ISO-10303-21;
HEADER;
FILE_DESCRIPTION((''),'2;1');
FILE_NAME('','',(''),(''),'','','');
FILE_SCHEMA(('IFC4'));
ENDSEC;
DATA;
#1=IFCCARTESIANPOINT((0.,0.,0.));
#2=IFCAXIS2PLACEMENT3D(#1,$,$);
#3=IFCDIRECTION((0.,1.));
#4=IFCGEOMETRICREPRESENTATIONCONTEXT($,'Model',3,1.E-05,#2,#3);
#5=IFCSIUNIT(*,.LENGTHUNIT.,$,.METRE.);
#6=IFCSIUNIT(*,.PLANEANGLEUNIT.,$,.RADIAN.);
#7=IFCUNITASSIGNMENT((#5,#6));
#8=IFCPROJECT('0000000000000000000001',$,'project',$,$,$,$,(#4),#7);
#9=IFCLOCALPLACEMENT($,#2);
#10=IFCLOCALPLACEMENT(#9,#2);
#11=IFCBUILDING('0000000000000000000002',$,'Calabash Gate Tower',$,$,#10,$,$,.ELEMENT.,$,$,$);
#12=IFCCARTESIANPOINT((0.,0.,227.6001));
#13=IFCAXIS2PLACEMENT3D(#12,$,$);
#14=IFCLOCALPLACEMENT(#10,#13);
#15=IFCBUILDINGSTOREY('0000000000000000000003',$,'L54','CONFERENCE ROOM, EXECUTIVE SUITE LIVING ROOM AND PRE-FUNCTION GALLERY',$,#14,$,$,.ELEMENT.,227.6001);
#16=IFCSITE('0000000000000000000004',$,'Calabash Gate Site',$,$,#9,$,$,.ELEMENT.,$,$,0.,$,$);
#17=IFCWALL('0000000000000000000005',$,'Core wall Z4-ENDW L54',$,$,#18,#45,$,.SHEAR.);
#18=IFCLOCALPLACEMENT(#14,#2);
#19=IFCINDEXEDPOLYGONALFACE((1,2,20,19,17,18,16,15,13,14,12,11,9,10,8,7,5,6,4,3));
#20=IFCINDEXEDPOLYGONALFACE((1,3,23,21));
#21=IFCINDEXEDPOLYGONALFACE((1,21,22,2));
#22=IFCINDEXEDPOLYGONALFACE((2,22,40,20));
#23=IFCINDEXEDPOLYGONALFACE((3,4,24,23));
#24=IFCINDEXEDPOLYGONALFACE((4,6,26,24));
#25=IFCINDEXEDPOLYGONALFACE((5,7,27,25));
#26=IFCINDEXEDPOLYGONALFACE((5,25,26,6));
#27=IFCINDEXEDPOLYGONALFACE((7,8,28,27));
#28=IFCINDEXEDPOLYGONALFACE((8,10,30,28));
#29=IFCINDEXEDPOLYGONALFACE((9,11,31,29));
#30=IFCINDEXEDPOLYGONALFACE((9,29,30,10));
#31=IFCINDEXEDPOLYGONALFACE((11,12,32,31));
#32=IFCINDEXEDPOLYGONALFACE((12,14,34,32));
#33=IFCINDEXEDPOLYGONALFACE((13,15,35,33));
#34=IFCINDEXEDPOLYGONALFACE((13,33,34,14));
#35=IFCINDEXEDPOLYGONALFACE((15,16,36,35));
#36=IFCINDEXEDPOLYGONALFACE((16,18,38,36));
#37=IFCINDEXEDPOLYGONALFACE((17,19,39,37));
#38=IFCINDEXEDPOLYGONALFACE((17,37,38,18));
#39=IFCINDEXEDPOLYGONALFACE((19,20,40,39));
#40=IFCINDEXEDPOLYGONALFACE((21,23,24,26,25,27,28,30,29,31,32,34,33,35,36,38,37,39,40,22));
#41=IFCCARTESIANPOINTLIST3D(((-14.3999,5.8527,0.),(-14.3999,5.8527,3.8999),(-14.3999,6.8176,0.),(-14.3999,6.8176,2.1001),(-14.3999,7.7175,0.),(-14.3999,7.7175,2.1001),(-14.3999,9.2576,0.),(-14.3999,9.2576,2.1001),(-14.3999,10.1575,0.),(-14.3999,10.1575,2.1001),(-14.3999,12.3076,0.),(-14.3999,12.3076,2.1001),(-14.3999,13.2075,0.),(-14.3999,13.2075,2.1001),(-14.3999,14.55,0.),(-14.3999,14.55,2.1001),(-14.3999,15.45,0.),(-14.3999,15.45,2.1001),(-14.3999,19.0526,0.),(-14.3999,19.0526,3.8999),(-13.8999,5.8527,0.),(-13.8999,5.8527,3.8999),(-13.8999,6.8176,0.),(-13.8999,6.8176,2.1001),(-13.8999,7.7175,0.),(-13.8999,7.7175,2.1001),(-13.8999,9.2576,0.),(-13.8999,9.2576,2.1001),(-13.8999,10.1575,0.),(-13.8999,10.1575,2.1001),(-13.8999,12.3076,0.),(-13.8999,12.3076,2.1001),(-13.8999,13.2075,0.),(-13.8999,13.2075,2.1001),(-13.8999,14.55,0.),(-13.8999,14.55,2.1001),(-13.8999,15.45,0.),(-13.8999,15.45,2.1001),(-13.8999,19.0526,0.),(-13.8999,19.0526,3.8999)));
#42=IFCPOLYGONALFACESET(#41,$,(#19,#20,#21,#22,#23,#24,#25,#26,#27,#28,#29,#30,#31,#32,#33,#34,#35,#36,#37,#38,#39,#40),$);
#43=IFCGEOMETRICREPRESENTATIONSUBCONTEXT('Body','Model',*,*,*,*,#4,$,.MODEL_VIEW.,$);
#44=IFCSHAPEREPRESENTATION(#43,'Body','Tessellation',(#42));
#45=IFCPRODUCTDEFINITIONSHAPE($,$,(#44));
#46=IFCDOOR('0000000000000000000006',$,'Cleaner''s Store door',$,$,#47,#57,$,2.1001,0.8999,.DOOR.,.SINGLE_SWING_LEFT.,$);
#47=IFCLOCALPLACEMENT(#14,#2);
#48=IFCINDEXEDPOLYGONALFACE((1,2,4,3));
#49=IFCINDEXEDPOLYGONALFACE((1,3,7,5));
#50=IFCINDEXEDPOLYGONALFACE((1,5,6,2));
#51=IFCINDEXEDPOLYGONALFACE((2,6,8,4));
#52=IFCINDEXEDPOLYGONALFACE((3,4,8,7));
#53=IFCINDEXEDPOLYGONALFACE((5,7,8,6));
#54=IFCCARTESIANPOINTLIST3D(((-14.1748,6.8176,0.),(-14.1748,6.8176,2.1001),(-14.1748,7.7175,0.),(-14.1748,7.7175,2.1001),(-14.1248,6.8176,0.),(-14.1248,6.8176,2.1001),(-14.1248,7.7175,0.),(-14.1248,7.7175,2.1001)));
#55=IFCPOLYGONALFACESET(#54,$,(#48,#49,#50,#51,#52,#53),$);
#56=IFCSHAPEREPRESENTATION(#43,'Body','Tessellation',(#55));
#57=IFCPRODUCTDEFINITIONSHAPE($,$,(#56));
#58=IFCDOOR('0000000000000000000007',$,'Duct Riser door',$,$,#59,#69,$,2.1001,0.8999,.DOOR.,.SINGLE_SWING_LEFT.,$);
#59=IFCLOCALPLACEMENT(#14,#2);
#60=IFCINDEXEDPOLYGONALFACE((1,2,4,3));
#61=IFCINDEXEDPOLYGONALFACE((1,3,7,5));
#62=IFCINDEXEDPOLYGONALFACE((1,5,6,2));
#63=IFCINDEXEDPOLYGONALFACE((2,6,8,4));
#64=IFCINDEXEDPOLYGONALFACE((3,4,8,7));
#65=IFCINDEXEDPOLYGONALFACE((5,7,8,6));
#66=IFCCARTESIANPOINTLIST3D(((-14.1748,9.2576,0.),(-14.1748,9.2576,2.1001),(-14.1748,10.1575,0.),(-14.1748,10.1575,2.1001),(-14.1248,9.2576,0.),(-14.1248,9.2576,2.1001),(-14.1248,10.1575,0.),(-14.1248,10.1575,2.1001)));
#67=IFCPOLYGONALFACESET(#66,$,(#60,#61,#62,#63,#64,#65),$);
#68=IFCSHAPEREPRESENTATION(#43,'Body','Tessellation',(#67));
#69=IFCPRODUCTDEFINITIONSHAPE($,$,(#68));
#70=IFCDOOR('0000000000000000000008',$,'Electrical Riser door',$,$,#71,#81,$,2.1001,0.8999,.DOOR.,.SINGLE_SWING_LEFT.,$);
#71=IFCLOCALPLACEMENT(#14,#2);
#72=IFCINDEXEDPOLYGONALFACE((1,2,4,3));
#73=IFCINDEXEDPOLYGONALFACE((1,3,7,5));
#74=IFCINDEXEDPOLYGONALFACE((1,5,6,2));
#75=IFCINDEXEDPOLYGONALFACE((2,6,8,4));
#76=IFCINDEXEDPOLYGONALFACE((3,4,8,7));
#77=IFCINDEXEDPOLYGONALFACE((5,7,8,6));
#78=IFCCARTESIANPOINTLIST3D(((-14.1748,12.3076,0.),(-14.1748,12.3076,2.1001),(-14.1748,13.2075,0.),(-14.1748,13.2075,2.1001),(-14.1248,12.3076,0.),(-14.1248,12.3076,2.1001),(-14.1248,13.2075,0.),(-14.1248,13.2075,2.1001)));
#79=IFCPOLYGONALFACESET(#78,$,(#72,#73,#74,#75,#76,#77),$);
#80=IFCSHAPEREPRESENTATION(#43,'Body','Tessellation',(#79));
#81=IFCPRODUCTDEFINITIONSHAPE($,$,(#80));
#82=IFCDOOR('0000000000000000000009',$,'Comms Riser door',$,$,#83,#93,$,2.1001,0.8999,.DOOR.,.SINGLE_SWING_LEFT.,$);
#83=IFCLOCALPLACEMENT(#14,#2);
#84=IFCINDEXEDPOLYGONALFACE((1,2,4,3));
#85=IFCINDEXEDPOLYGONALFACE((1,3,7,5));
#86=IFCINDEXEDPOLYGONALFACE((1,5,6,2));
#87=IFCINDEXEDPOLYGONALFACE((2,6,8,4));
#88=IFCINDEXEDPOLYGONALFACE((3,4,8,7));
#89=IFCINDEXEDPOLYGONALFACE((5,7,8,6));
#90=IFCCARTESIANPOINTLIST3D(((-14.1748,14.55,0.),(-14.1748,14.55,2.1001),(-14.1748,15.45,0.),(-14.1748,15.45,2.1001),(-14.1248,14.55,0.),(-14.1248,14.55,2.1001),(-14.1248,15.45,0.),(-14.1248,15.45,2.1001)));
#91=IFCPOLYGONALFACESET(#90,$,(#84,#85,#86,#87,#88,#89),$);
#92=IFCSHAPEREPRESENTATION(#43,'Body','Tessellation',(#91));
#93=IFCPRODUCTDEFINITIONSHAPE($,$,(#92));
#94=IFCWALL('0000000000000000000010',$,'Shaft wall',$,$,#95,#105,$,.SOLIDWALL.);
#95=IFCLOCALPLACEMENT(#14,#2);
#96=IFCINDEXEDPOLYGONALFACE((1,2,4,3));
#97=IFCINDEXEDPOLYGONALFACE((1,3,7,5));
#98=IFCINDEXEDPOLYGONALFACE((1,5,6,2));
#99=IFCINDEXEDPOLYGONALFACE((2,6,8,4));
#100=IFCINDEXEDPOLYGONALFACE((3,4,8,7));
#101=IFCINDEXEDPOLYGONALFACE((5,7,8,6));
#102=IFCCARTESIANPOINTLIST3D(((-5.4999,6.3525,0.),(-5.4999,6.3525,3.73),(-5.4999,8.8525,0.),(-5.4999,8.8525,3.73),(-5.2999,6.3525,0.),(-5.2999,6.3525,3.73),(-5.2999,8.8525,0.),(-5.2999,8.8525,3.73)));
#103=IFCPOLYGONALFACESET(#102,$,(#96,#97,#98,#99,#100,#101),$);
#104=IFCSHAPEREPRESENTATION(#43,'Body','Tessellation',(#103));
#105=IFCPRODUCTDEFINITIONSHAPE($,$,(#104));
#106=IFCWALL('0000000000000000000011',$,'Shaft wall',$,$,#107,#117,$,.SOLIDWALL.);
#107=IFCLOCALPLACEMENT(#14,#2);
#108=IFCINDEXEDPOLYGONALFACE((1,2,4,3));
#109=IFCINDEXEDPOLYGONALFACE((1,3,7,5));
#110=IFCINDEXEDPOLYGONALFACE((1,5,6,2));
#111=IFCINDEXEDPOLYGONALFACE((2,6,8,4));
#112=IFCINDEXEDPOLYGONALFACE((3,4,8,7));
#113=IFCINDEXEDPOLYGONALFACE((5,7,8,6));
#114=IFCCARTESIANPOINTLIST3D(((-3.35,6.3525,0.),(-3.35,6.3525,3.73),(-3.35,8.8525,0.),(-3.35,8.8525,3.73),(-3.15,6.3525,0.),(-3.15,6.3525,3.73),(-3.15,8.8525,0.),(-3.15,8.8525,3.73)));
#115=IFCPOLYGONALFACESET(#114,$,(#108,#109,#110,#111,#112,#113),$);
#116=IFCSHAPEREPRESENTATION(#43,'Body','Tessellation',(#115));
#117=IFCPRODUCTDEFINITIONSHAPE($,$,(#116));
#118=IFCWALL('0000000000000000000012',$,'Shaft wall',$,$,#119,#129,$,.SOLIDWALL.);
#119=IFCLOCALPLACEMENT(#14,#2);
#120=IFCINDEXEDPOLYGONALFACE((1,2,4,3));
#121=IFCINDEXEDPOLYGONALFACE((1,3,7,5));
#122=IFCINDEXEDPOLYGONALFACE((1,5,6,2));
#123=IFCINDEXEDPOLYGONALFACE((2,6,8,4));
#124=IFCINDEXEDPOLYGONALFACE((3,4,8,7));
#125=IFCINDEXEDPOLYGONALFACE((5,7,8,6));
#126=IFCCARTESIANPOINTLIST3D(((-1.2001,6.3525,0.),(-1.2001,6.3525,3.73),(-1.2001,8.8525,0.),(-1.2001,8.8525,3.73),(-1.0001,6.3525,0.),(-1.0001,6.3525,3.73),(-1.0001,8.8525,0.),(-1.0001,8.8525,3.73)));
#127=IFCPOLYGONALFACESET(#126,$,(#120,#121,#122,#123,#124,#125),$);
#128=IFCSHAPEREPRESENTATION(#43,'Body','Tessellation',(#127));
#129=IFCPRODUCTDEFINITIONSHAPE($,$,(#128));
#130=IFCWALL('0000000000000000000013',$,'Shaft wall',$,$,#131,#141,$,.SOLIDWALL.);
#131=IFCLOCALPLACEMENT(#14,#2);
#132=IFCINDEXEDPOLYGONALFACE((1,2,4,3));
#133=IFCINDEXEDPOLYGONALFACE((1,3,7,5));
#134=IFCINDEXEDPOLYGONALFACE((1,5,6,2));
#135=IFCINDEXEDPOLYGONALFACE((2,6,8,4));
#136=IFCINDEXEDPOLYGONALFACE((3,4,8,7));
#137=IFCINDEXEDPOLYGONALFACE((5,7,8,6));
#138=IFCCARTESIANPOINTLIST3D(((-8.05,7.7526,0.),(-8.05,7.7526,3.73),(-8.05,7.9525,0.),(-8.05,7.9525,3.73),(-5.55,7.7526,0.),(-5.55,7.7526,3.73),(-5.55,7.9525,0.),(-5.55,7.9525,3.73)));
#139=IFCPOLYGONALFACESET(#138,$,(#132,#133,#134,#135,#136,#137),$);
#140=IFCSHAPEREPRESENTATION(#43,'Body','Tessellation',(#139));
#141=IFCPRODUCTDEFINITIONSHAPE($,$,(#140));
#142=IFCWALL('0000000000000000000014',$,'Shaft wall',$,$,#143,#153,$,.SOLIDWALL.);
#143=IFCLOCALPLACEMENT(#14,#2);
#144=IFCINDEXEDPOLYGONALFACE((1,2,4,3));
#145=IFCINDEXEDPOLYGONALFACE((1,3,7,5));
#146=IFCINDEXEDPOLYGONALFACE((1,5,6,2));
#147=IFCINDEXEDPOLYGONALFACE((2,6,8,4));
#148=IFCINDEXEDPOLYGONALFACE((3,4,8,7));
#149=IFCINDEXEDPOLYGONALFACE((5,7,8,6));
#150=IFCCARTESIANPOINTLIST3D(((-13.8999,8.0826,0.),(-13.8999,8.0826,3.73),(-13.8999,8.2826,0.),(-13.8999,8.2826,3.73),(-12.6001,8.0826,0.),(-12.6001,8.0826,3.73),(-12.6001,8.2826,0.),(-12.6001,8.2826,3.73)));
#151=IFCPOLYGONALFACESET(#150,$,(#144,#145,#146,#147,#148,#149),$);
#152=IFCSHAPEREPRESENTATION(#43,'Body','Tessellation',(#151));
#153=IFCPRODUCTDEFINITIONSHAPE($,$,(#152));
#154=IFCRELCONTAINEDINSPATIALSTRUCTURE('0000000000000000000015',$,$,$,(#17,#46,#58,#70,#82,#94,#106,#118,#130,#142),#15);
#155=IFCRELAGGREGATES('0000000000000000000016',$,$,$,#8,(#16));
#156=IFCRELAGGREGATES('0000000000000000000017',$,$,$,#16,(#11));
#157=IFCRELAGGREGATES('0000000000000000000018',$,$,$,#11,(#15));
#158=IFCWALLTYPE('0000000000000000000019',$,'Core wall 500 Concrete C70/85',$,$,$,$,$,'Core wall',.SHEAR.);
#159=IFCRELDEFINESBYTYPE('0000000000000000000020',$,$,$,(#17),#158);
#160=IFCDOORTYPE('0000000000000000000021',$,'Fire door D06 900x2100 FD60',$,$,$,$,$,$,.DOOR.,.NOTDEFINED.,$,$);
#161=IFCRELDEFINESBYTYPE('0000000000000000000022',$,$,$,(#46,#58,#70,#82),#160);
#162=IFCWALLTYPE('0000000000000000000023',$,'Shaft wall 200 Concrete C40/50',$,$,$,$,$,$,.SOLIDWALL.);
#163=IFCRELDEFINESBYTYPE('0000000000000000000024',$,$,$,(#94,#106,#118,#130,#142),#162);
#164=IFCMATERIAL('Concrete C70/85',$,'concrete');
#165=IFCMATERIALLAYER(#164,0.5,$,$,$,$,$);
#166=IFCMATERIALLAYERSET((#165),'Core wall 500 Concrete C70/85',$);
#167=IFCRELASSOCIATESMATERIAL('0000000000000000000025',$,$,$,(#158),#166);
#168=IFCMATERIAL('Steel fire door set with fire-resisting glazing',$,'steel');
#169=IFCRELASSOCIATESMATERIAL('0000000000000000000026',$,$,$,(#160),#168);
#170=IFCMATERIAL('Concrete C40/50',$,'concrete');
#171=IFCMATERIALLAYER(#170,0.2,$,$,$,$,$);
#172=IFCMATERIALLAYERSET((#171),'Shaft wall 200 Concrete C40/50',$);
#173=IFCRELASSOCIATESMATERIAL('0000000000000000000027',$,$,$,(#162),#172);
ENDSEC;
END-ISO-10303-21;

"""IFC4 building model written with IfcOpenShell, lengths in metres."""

from ifc_helpers import new_model, si_unit, direction, frame, frame_2d, origin, place, context, subcontext, project, spatial, rectangle, extrude, material, layer, layer_set, type_object, element, fill, save


model = new_model("IFC4")

# Units and contexts
model_context = context("Model", 3, precision=1e-05, world=origin(), true_north=direction((0.0, 1.0)))
body_context = subcontext(model_context, "Body", "Model", "MODEL_VIEW")
ifc_project = project(units=[si_unit("LENGTHUNIT", "METRE"), si_unit("PLANEANGLEUNIT", "RADIAN")], contexts=[model_context])

# Site, building, storey
site_placement = place(None, origin())
site = spatial("IfcSite", under=ifc_project, at=site_placement, Name="Calabash Gate Site", CompositionType="ELEMENT", RefElevation=0.0)
building_placement = place(site_placement, origin())
building = spatial("IfcBuilding", under=site, at=building_placement, Name="Calabash Gate Tower", CompositionType="ELEMENT")
storey_placement = place(building_placement, frame((0.0, 0.0, 227.6001)))
storey = spatial("IfcBuildingStorey", under=building, at=storey_placement, Name="L54", Description="CONFERENCE ROOM, EXECUTIVE SUITE LIVING ROOM AND PRE-FUNCTION GALLERY", CompositionType="ELEMENT", Elevation=227.6001)

# Shared definitions
ifc_material_1 = material(Name="Concrete C70/85", Category="concrete")
ifc_layer_1 = layer(ifc_material_1, 0.5)
ifc_layer_set_1 = layer_set([ifc_layer_1], Name="Core wall 500 Concrete C70/85")
wall_type_1 = type_object("IfcWallType", Name="Core wall 500 Concrete C70/85", ElementType="Core wall", PredefinedType="SHEAR", material=ifc_layer_set_1)

# Wall, openings, doors
wall_1_placement = place(storey_placement, frame((-14.1499, 5.8525, 0.0), z_axis=(0.0, 0.0, 1.0), x_axis=(0.0, 1.0, 0.0)))
wall_1 = element("IfcWall", 1, at=wall_1_placement, inside=storey, type_object=wall_type_1, Name="Core wall Z4-ENDW L54", PredefinedType="SHEAR", context=body_context, shape_type="SweptSolid", body=[
    extrude(rectangle(XDim=13.2, YDim=0.5, at=frame_2d((6.6001, 0.0))), origin(), (0.0, 0.0, 1.0), 3.8999),
])
opening_1_placement = place(wall_1_placement, frame((0.9651, 0.0, 0.0)))
opening_1 = element("IfcOpeningElement", 2, at=opening_1_placement, cuts=wall_1, PredefinedType="OPENING", context=body_context, shape_type="SweptSolid", body=[
    extrude(rectangle(XDim=0.8999, YDim=2.1001, at=frame_2d((0.45, 1.05))), frame((0.0, 0.26, 0.0), z_axis=(0.0, -1.0, 0.0), x_axis=(1.0, 0.0, 0.0)), (0.0, 0.0, 1.0), 0.52),
])
opening_2_placement = place(wall_1_placement, frame((3.405, 0.0, 0.0)))
opening_2 = element("IfcOpeningElement", 3, at=opening_2_placement, cuts=wall_1, PredefinedType="OPENING", context=body_context, shape_type="SweptSolid", body=[
    extrude(rectangle(XDim=0.8999, YDim=2.1001, at=frame_2d((0.45, 1.05))), frame((0.0, 0.26, 0.0), z_axis=(0.0, -1.0, 0.0), x_axis=(1.0, 0.0, 0.0)), (0.0, 0.0, 1.0), 0.52),
])
opening_3_placement = place(wall_1_placement, frame((6.4551, 0.0, 0.0)))
opening_3 = element("IfcOpeningElement", 4, at=opening_3_placement, cuts=wall_1, PredefinedType="OPENING", context=body_context, shape_type="SweptSolid", body=[
    extrude(rectangle(XDim=0.8999, YDim=2.1001, at=frame_2d((0.45, 1.05))), frame((0.0, 0.26, 0.0), z_axis=(0.0, -1.0, 0.0), x_axis=(1.0, 0.0, 0.0)), (0.0, 0.0, 1.0), 0.52),
])
opening_4_placement = place(wall_1_placement, frame((8.6975, 0.0, 0.0)))
opening_4 = element("IfcOpeningElement", 5, at=opening_4_placement, cuts=wall_1, PredefinedType="OPENING", context=body_context, shape_type="SweptSolid", body=[
    extrude(rectangle(XDim=0.8999, YDim=2.1001, at=frame_2d((0.45, 1.05))), frame((0.0, 0.26, 0.0), z_axis=(0.0, -1.0, 0.0), x_axis=(1.0, 0.0, 0.0)), (0.0, 0.0, 1.0), 0.52),
])
ifc_material_2 = material(Name="Steel fire door set with fire-resisting glazing", Category="steel")
door_type_1 = type_object("IfcDoorType", Name="Fire door D06 900x2100 FD60", OperationType="NOTDEFINED", PredefinedType="DOOR", material=ifc_material_2)
door_1_placement = place(opening_1_placement, origin())
door_1 = element("IfcDoor", 6, at=door_1_placement, inside=storey, type_object=door_type_1, Name="Cleaner's Store door", OperationType="SINGLE_SWING_LEFT", OverallHeight=2.1001, OverallWidth=0.8999, PredefinedType="DOOR", context=body_context, shape_type="SweptSolid", body=[
    extrude(rectangle(XDim=0.8999, YDim=2.1001, at=frame_2d((0.45, 1.05))), frame((0.0, 0.0249, 0.0), z_axis=(0.0, -1.0, 0.0), x_axis=(1.0, 0.0, 0.0)), (0.0, 0.0, 1.0), 0.05),
])
fill(opening_1, door_1)
door_2_placement = place(opening_2_placement, origin())
door_2 = element("IfcDoor", 7, at=door_2_placement, inside=storey, type_object=door_type_1, Name="Duct Riser door", OperationType="SINGLE_SWING_LEFT", OverallHeight=2.1001, OverallWidth=0.8999, PredefinedType="DOOR", context=body_context, shape_type="SweptSolid", body=[
    extrude(rectangle(XDim=0.8999, YDim=2.1001, at=frame_2d((0.45, 1.05))), frame((0.0, 0.0249, 0.0), z_axis=(0.0, -1.0, 0.0), x_axis=(1.0, 0.0, 0.0)), (0.0, 0.0, 1.0), 0.05),
])
fill(opening_2, door_2)
door_3_placement = place(opening_3_placement, origin())
door_3 = element("IfcDoor", 8, at=door_3_placement, inside=storey, type_object=door_type_1, Name="Electrical Riser door", OperationType="SINGLE_SWING_LEFT", OverallHeight=2.1001, OverallWidth=0.8999, PredefinedType="DOOR", context=body_context, shape_type="SweptSolid", body=[
    extrude(rectangle(XDim=0.8999, YDim=2.1001, at=frame_2d((0.45, 1.05))), frame((0.0, 0.0249, 0.0), z_axis=(0.0, -1.0, 0.0), x_axis=(1.0, 0.0, 0.0)), (0.0, 0.0, 1.0), 0.05),
])
fill(opening_3, door_3)
door_4_placement = place(opening_4_placement, origin())
door_4 = element("IfcDoor", 9, at=door_4_placement, inside=storey, type_object=door_type_1, Name="Comms Riser door", OperationType="SINGLE_SWING_LEFT", OverallHeight=2.1001, OverallWidth=0.8999, PredefinedType="DOOR", context=body_context, shape_type="SweptSolid", body=[
    extrude(rectangle(XDim=0.8999, YDim=2.1001, at=frame_2d((0.45, 1.05))), frame((0.0, 0.0249, 0.0), z_axis=(0.0, -1.0, 0.0), x_axis=(1.0, 0.0, 0.0)), (0.0, 0.0, 1.0), 0.05),
])
fill(opening_4, door_4)

# Walls
ifc_material_3 = material(Name="Concrete C40/50", Category="concrete")
ifc_layer_2 = layer(ifc_material_3, 0.2)
ifc_layer_set_2 = layer_set([ifc_layer_2], Name="Shaft wall 200 Concrete C40/50")
wall_type_2 = type_object("IfcWallType", Name="Shaft wall 200 Concrete C40/50", PredefinedType="SOLIDWALL", material=ifc_layer_set_2)
for number, where, z_axis, x_axis, name in (
    (10, (-5.3999, 6.3525, 0.0), (0.0, 0.0, 1.0), (0.0, 1.0, 0.0), "Shaft wall"),
    (11, (-3.25, 6.3525, 0.0), (0.0, 0.0, 1.0), (0.0, 1.0, 0.0), "Shaft wall"),
    (12, (-1.1001, 6.3525, 0.0), (0.0, 0.0, 1.0), (0.0, 1.0, 0.0), "Shaft wall"),
    (13, (-8.05, 7.8525, 0.0), (0.0, 0.0, 1.0), (1.0, 0.0, 0.0), "Shaft wall"),
):
    element("IfcWall", number, at=place(storey_placement, frame(where, z_axis=z_axis, x_axis=x_axis)), inside=storey, type_object=wall_type_2, Name=name, PredefinedType="SOLIDWALL", context=body_context, shape_type="SweptSolid", body=[
        extrude(rectangle(XDim=2.5, YDim=0.2, at=frame_2d((1.25, 0.0))), origin(), (0.0, 0.0, 1.0), 3.73),
    ])
wall_2_placement = place(storey_placement, frame((-13.8999, 8.1826, 0.0), z_axis=(0.0, 0.0, 1.0), x_axis=(1.0, 0.0, 0.0)))
element("IfcWall", 14, at=wall_2_placement, inside=storey, type_object=wall_type_2, Name="Shaft wall", PredefinedType="SOLIDWALL", context=body_context, shape_type="SweptSolid", body=[
    extrude(rectangle(XDim=1.2998, YDim=0.2, at=frame_2d((0.6499, 0.0))), origin(), (0.0, 0.0, 1.0), 3.73),
])

save(model, "model.ifc")
